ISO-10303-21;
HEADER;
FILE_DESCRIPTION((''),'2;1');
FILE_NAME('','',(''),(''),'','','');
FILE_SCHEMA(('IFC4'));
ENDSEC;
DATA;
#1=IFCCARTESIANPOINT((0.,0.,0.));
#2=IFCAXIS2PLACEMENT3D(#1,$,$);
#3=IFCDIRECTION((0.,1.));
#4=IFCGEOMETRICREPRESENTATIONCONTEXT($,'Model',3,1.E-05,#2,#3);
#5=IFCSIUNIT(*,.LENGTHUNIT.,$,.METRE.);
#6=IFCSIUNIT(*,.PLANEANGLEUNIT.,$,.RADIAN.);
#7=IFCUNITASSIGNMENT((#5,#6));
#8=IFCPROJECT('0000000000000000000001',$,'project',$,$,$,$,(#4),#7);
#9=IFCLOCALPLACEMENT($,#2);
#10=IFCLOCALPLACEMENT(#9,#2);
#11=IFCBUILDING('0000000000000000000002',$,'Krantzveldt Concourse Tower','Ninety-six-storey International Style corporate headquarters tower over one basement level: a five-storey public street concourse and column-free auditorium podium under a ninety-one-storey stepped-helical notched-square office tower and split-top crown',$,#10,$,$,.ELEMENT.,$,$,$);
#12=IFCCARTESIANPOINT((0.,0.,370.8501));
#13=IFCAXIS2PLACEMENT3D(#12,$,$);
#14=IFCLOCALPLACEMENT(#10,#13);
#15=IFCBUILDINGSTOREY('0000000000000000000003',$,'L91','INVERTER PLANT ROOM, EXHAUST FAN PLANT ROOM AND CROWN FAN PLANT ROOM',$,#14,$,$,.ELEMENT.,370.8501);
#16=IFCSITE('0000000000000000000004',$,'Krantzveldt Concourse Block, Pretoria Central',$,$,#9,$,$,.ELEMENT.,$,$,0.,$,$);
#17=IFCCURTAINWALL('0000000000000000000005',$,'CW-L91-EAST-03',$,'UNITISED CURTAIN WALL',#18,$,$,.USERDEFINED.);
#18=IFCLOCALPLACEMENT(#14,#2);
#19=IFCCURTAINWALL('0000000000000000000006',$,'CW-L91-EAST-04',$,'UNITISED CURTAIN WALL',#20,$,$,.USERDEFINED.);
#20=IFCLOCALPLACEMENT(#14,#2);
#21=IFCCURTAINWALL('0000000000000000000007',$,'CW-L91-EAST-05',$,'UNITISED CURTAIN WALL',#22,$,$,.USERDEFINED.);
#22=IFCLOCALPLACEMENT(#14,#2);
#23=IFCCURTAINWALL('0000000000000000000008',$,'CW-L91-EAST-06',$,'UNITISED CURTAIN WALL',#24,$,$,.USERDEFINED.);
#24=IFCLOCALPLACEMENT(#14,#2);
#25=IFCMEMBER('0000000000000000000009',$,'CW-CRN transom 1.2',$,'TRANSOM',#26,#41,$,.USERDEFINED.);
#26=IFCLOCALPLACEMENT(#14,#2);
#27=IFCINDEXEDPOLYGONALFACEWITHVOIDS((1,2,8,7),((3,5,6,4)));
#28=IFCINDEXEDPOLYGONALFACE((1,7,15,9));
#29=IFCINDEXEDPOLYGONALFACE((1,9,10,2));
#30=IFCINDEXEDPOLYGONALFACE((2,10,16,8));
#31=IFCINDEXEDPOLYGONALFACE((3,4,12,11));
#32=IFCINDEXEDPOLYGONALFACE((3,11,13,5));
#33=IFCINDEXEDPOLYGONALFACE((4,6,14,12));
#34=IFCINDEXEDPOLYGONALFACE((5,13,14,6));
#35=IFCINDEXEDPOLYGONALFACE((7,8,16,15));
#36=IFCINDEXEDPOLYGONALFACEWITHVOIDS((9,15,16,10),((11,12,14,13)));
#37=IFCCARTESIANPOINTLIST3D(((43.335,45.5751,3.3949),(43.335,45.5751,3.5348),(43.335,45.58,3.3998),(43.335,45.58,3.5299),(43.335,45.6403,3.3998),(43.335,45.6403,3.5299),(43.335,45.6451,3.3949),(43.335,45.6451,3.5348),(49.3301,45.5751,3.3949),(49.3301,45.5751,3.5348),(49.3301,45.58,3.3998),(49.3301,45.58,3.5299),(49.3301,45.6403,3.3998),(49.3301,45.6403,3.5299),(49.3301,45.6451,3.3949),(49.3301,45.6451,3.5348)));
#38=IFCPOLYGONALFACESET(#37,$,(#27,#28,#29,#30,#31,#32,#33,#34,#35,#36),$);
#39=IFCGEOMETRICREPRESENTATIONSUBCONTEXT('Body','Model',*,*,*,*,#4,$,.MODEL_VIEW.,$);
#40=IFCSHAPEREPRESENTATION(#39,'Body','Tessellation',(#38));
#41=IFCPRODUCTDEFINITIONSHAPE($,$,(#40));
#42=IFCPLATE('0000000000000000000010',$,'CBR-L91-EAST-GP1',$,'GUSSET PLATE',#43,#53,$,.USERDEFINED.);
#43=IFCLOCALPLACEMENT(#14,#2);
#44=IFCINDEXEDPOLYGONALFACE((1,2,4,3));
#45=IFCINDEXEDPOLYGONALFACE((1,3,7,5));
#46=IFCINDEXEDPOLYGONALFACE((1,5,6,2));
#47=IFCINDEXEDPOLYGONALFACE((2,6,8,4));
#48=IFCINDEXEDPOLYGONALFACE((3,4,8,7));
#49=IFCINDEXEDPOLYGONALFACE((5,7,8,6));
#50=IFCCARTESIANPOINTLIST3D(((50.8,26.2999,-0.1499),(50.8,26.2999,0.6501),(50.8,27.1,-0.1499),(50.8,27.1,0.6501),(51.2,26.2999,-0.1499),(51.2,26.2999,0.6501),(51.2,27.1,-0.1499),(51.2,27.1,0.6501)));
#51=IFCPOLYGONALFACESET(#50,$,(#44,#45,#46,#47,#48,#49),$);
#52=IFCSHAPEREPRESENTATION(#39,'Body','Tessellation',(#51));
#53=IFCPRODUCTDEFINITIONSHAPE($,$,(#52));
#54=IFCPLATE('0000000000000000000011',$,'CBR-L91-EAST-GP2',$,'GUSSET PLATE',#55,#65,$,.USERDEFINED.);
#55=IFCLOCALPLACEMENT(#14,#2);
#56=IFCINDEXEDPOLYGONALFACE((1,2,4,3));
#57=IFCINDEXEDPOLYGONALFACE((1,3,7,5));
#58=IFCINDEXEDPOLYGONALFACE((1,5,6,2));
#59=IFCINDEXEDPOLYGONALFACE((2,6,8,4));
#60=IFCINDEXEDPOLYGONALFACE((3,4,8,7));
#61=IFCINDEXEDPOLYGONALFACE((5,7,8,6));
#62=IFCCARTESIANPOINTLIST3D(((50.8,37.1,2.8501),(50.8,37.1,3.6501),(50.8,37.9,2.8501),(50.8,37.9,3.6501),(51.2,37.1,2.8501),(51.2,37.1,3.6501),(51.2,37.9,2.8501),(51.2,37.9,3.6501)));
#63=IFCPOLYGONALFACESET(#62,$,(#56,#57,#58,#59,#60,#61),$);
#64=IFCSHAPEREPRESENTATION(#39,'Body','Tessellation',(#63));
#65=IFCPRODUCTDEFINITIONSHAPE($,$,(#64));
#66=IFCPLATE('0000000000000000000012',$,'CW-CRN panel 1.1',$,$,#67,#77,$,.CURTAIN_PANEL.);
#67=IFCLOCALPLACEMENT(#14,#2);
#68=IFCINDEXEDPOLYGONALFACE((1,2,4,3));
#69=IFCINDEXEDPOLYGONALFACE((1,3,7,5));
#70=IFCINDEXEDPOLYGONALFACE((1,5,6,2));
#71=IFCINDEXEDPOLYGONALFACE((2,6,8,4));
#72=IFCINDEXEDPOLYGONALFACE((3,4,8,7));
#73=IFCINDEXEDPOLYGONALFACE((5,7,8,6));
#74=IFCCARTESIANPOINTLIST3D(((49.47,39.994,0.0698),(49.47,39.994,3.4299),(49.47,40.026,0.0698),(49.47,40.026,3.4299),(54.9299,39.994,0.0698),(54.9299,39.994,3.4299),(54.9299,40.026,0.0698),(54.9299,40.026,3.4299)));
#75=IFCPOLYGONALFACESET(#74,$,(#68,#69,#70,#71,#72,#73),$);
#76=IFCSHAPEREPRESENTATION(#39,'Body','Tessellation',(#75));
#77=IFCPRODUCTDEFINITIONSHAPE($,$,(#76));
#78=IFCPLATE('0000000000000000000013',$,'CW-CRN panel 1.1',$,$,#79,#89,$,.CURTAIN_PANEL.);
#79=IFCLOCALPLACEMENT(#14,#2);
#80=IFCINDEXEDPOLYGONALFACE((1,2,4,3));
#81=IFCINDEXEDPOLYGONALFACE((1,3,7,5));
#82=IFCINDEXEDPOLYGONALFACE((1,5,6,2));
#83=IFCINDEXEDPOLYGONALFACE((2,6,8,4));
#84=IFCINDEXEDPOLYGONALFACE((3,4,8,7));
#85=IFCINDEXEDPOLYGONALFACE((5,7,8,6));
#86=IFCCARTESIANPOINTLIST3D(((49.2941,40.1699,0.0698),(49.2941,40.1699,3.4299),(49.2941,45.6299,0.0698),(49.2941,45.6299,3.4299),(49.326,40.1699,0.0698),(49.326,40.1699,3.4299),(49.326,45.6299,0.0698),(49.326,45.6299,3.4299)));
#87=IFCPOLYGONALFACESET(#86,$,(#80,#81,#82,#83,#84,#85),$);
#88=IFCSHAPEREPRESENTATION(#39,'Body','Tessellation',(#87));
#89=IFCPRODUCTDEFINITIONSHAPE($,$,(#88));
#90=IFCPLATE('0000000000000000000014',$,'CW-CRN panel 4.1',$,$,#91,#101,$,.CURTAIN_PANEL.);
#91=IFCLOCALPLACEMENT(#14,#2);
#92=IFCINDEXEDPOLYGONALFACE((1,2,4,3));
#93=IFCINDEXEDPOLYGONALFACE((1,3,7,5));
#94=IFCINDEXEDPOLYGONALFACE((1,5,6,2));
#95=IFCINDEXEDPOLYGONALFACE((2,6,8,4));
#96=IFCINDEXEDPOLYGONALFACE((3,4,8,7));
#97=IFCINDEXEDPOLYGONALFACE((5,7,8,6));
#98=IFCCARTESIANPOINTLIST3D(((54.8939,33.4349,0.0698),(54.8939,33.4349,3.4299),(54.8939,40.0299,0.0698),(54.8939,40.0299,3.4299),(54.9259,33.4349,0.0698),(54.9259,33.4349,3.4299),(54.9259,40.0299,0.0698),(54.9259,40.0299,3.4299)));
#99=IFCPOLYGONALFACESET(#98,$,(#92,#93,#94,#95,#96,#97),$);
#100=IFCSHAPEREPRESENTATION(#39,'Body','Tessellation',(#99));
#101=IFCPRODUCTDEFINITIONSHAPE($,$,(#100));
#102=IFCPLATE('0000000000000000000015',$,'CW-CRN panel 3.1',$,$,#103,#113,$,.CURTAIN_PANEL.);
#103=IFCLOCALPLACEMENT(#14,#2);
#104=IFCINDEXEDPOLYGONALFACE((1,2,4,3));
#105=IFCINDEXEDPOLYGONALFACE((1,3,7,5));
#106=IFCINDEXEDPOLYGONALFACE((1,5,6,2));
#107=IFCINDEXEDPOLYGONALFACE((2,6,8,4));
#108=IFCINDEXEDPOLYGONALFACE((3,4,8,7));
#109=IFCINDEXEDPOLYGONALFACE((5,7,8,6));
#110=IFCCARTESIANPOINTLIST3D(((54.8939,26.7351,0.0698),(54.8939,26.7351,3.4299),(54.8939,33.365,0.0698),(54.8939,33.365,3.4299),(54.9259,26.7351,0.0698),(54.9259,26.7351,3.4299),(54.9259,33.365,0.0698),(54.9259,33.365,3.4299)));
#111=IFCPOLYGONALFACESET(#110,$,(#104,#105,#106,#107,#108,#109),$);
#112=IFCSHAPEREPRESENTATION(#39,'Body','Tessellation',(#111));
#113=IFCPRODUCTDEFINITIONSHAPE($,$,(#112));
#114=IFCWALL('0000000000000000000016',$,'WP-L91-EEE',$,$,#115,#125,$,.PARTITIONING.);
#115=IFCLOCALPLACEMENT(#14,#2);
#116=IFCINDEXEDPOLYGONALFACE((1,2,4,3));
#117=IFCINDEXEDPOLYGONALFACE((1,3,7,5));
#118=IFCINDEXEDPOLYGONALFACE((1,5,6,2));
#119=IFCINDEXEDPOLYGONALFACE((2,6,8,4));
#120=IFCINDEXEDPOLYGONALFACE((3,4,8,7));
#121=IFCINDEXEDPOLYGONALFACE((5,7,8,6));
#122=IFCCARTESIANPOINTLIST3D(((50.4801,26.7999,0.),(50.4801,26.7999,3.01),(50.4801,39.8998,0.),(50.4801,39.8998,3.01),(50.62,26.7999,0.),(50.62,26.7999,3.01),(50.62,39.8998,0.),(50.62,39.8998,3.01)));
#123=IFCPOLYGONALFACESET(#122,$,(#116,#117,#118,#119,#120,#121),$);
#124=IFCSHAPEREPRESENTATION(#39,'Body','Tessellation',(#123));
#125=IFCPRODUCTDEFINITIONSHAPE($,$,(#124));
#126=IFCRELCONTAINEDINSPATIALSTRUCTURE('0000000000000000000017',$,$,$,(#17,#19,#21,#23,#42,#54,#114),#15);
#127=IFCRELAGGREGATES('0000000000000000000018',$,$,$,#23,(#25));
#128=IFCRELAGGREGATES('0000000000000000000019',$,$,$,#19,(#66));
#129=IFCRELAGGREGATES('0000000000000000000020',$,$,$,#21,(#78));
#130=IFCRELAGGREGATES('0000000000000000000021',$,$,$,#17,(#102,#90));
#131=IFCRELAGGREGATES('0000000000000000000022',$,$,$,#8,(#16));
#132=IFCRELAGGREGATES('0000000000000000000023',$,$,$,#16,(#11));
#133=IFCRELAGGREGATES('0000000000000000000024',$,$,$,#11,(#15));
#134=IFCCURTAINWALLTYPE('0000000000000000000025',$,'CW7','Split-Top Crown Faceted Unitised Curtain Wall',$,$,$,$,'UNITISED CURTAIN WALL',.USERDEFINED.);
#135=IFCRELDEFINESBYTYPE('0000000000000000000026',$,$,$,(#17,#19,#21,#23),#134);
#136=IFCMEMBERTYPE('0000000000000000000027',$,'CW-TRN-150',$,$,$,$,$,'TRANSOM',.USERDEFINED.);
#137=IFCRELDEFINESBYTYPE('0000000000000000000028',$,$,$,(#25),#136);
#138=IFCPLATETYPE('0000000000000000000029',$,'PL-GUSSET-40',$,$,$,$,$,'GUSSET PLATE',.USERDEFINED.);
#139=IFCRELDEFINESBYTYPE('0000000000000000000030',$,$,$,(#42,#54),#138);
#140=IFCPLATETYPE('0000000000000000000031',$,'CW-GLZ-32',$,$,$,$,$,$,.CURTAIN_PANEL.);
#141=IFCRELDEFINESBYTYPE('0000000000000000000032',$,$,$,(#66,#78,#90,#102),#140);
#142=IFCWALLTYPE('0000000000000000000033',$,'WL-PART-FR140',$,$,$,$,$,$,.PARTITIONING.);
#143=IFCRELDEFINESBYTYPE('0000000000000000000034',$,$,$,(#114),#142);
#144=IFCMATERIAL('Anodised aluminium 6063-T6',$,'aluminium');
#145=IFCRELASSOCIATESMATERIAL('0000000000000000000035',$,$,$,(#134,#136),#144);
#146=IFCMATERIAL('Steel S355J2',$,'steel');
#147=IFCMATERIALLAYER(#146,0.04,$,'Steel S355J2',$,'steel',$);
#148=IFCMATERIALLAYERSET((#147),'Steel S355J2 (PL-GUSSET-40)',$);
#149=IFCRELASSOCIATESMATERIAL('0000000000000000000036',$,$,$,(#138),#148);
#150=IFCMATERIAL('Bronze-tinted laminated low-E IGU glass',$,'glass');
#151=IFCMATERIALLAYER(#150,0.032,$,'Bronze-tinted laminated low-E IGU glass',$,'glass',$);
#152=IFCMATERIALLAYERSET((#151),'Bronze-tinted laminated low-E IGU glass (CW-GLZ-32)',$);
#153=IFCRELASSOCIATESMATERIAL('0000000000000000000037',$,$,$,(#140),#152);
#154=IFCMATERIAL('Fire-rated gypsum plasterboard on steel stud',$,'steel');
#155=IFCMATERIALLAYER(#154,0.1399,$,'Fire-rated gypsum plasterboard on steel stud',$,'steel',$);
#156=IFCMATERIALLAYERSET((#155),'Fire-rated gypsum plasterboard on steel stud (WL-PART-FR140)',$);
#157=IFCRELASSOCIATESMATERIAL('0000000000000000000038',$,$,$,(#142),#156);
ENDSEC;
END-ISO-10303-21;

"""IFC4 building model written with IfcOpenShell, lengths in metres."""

from ifc_helpers import new_model, si_unit, direction, frame, frame_2d, origin, origin_2d, place, context, subcontext, project, spatial, rectangle, hollow_rectangle, extrude, source, transform, mapped, material, layer, layer_set, material_profile, profile_set, type_object, type_shapes, element, aggregate, save


model = new_model("IFC4")

# Units and contexts
model_context = context("Model", 3, precision=1e-05, world=origin(), true_north=direction((0.0, 1.0)))
body_context = subcontext(model_context, "Body", "Model", "MODEL_VIEW")
ifc_project = project(units=[si_unit("LENGTHUNIT", "METRE"), si_unit("PLANEANGLEUNIT", "RADIAN")], contexts=[model_context])

# Site, building, storey
site_placement = place(None, origin())
site = spatial("IfcSite", under=ifc_project, at=site_placement, Name="Krantzveldt Concourse Block, Pretoria Central", CompositionType="ELEMENT", RefElevation=0.0)
building_placement = place(site_placement, origin())
building = spatial("IfcBuilding", under=site, at=building_placement, Name="Krantzveldt Concourse Tower", Description="Ninety-six-storey International Style corporate headquarters tower over one basement level: a five-storey public street concourse and column-free auditorium podium under a ninety-one-storey stepped-helical notched-square office tower and split-top crown", CompositionType="ELEMENT")
storey_placement = place(building_placement, frame((0.0, 0.0, 370.8501)))
storey = spatial("IfcBuildingStorey", under=building, at=storey_placement, Name="L91", Description="INVERTER PLANT ROOM, EXHAUST FAN PLANT ROOM AND CROWN FAN PLANT ROOM", CompositionType="ELEMENT", Elevation=370.8501)

# Shared definitions
ifc_material_1 = material(Name="Steel S355J2", Category="steel")

# Curtain walls
ifc_material_2 = material(Name="Anodised aluminium 6063-T6", Category="aluminium")
curtain_wall_type = type_object("IfcCurtainWallType", Name="CW7", Description="Split-Top Crown Faceted Unitised Curtain Wall", ElementType="UNITISED CURTAIN WALL", PredefinedType="USERDEFINED", material=ifc_material_2)
curtain_wall_1_placement = place(storey_placement, origin())
curtain_wall_1 = element("IfcCurtainWall", 1, at=curtain_wall_1_placement, inside=storey, type_object=curtain_wall_type, Name="CW-L91-EAST-03", ObjectType="UNITISED CURTAIN WALL", PredefinedType="USERDEFINED")
ifc_material_profile_1 = material_profile(ifc_material_2, hollow_rectangle(XDim=0.0701, YDim=0.1399, WallThickness=0.0049, at=origin_2d()), Name="Anodised aluminium 6063-T6", Category="aluminium")
ifc_profile_set_1 = profile_set([ifc_material_profile_1], Name="Anodised aluminium 6063-T6 - ALU-TRAN 140x70x5")
member_type_1 = type_object("IfcMemberType", Name="CW-TRN-150", ElementType="TRANSOM", PredefinedType="USERDEFINED", material=ifc_profile_set_1)
curtain_wall_2_placement = place(storey_placement, origin())
curtain_wall_2 = element("IfcCurtainWall", 2, at=curtain_wall_2_placement, inside=storey, type_object=curtain_wall_type, Name="CW-L91-EAST-04", ObjectType="UNITISED CURTAIN WALL", PredefinedType="USERDEFINED")
curtain_wall_3_placement = place(storey_placement, origin())
curtain_wall_3 = element("IfcCurtainWall", 3, at=curtain_wall_3_placement, inside=storey, type_object=curtain_wall_type, Name="CW-L91-EAST-05", ObjectType="UNITISED CURTAIN WALL", PredefinedType="USERDEFINED")

# Curtain wall
curtain_wall_4_placement = place(storey_placement, origin())
curtain_wall_4 = element("IfcCurtainWall", 4, at=curtain_wall_4_placement, inside=storey, type_object=curtain_wall_type, Name="CW-L91-EAST-06", ObjectType="UNITISED CURTAIN WALL", PredefinedType="USERDEFINED")

# Member
shared_shape_1 = source(origin(), body_context, "Body", "SweptSolid", [
    extrude(hollow_rectangle(XDim=0.0701, YDim=0.1399, WallThickness=0.0049, at=origin_2d()), origin(), (0.0, 0.0, 1.0), 5.9951),
])
member_1_placement = place(storey_placement, frame((49.3301, 45.6101, 3.4648), z_axis=(-1.0, 0.0, 0.0), x_axis=(0.0, -1.0, 0.0)))
member_1 = element("IfcMember", 5, at=member_1_placement, type_object=member_type_1, Name="CW-CRN transom 1.2", ObjectType="TRANSOM", PredefinedType="USERDEFINED", context=body_context, shape_type="MappedRepresentation", body=[
    mapped(shared_shape_1, transform((0.0, 0.0, 0.0), x_axis=(1.0, 0.0, 0.0), y_axis=(0.0, 1.0, 0.0), z_axis=(0.0, 0.0, 1.0), scale=1.0)),
])
aggregate(curtain_wall_4, [member_1])

# Plates
ifc_layer_1 = layer(ifc_material_1, 0.04, Name="Steel S355J2", Category="steel")
ifc_layer_set_1 = layer_set([ifc_layer_1], Name="Steel S355J2 (PL-GUSSET-40)")
plate_type_1 = type_object("IfcPlateType", Name="PL-GUSSET-40", ElementType="GUSSET PLATE", PredefinedType="USERDEFINED", material=ifc_layer_set_1)
shared_shape_2 = source(origin(), body_context, "Body", "SweptSolid", [
    extrude(rectangle(XDim=0.3999, YDim=0.8, at=origin_2d()), origin(), (0.0, 0.0, 1.0), 0.8),
])
type_shapes(plate_type_1, [shared_shape_2])
for number, where, z_axis, x_axis, name in (
    (6, (51.0, 26.7, -0.1499), (0.0, 0.0, 1.0), (1.0, 0.0, 0.0), "CBR-L91-EAST-GP1"),
    (7, (51.0, 37.5, 2.8501), (0.0, 0.0, 1.0), (1.0, 0.0, 0.0), "CBR-L91-EAST-GP2"),
):
    element("IfcPlate", number, at=place(storey_placement, frame(where, z_axis=z_axis, x_axis=x_axis)), inside=storey, type_object=plate_type_1, Name=name, ObjectType="GUSSET PLATE", PredefinedType="USERDEFINED", context=body_context, shape_type="MappedRepresentation", body=[
        mapped(shared_shape_2, transform((0.0, 0.0, 0.0), x_axis=(1.0, 0.0, 0.0), y_axis=(0.0, 1.0, 0.0), z_axis=(0.0, 0.0, 1.0), scale=1.0)),
    ])

# Plates
ifc_material_3 = material(Name="Bronze-tinted laminated low-E IGU glass", Category="glass")
ifc_layer_2 = layer(ifc_material_3, 0.032, Name="Bronze-tinted laminated low-E IGU glass", Category="glass")
ifc_layer_set_2 = layer_set([ifc_layer_2], Name="Bronze-tinted laminated low-E IGU glass (CW-GLZ-32)")
plate_type_2 = type_object("IfcPlateType", Name="CW-GLZ-32", PredefinedType="CURTAIN_PANEL", material=ifc_layer_set_2)
shared_shape_3 = source(origin(), body_context, "Body", "SweptSolid", [
    extrude(rectangle(XDim=5.46, YDim=0.032, at=origin_2d()), origin(), (0.0, 0.0, 1.0), 3.3601),
])
plate_1_placement = place(storey_placement, frame((52.2, 40.01, 0.0698), z_axis=(0.0, 0.0, 1.0), x_axis=(-1.0, 0.0, 0.0)))
plate_1 = element("IfcPlate", 8, at=plate_1_placement, type_object=plate_type_2, Name="CW-CRN panel 1.1", PredefinedType="CURTAIN_PANEL", context=body_context, shape_type="MappedRepresentation", body=[
    mapped(shared_shape_3, transform((0.0, 0.0, 0.0), x_axis=(1.0, 0.0, 0.0), y_axis=(0.0, 1.0, 0.0), z_axis=(0.0, 0.0, 1.0), scale=1.0)),
])
aggregate(curtain_wall_2, [plate_1])
plate_2_placement = place(storey_placement, frame((49.3101, 42.8999, 0.0698), z_axis=(0.0, 0.0, 1.0), x_axis=(0.0, 1.0, 0.0)))
plate_2 = element("IfcPlate", 9, at=plate_2_placement, type_object=plate_type_2, Name="CW-CRN panel 1.1", PredefinedType="CURTAIN_PANEL", context=body_context, shape_type="MappedRepresentation", body=[
    mapped(shared_shape_3, transform((0.0, 0.0, 0.0), x_axis=(1.0, 0.0, 0.0), y_axis=(0.0, 1.0, 0.0), z_axis=(0.0, 0.0, 1.0), scale=1.0)),
])
aggregate(curtain_wall_3, [plate_2])
shared_shape_4 = source(origin(), body_context, "Body", "SweptSolid", [
    extrude(rectangle(XDim=6.595, YDim=0.032, at=origin_2d()), origin(), (0.0, 0.0, 1.0), 3.3601),
])
plate_3_placement = place(storey_placement, frame((54.9099, 36.7324, 0.0698), z_axis=(0.0, 0.0, 1.0), x_axis=(0.0, 1.0, 0.0)))
plate_3 = element("IfcPlate", 10, at=plate_3_placement, type_object=plate_type_2, Name="CW-CRN panel 4.1", PredefinedType="CURTAIN_PANEL", context=body_context, shape_type="MappedRepresentation", body=[
    mapped(shared_shape_4, transform((0.0, 0.0, 0.0), x_axis=(1.0, 0.0, 0.0), y_axis=(0.0, 1.0, 0.0), z_axis=(0.0, 0.0, 1.0), scale=1.0)),
])
shared_shape_5 = source(origin(), body_context, "Body", "SweptSolid", [
    extrude(rectangle(XDim=6.6299, YDim=0.032, at=origin_2d()), origin(), (0.0, 0.0, 1.0), 3.3601),
])
type_shapes(plate_type_2, [shared_shape_3, shared_shape_4, shared_shape_5])
plate_4_placement = place(storey_placement, frame((54.9099, 30.05, 0.0698), z_axis=(0.0, 0.0, 1.0), x_axis=(0.0, 1.0, 0.0)))
plate_4 = element("IfcPlate", 11, at=plate_4_placement, type_object=plate_type_2, Name="CW-CRN panel 3.1", PredefinedType="CURTAIN_PANEL", context=body_context, shape_type="MappedRepresentation", body=[
    mapped(shared_shape_5, transform((0.0, 0.0, 0.0), x_axis=(1.0, 0.0, 0.0), y_axis=(0.0, 1.0, 0.0), z_axis=(0.0, 0.0, 1.0), scale=1.0)),
])
aggregate(curtain_wall_1, [plate_4, plate_3])

# Wall
ifc_material_4 = material(Name="Fire-rated gypsum plasterboard on steel stud", Category="steel")
ifc_layer_3 = layer(ifc_material_4, 0.1399, Name="Fire-rated gypsum plasterboard on steel stud", Category="steel")
ifc_layer_set_3 = layer_set([ifc_layer_3], Name="Fire-rated gypsum plasterboard on steel stud (WL-PART-FR140)")
wall_type = type_object("IfcWallType", Name="WL-PART-FR140", PredefinedType="PARTITIONING", material=ifc_layer_set_3)
wall_placement = place(storey_placement, frame((50.55, 26.8, 0.0), z_axis=(0.0, 0.0, 1.0), x_axis=(0.0, 1.0, 0.0)))
element("IfcWall", 12, at=wall_placement, inside=storey, type_object=wall_type, Name="WP-L91-EEE", PredefinedType="PARTITIONING", context=body_context, shape_type="SweptSolid", body=[
    extrude(rectangle(XDim=13.0999, YDim=0.1399, at=frame_2d((6.5498, 0.0))), origin(), (0.0, 0.0, 1.0), 3.01),
])

save(model, "model.ifc")
